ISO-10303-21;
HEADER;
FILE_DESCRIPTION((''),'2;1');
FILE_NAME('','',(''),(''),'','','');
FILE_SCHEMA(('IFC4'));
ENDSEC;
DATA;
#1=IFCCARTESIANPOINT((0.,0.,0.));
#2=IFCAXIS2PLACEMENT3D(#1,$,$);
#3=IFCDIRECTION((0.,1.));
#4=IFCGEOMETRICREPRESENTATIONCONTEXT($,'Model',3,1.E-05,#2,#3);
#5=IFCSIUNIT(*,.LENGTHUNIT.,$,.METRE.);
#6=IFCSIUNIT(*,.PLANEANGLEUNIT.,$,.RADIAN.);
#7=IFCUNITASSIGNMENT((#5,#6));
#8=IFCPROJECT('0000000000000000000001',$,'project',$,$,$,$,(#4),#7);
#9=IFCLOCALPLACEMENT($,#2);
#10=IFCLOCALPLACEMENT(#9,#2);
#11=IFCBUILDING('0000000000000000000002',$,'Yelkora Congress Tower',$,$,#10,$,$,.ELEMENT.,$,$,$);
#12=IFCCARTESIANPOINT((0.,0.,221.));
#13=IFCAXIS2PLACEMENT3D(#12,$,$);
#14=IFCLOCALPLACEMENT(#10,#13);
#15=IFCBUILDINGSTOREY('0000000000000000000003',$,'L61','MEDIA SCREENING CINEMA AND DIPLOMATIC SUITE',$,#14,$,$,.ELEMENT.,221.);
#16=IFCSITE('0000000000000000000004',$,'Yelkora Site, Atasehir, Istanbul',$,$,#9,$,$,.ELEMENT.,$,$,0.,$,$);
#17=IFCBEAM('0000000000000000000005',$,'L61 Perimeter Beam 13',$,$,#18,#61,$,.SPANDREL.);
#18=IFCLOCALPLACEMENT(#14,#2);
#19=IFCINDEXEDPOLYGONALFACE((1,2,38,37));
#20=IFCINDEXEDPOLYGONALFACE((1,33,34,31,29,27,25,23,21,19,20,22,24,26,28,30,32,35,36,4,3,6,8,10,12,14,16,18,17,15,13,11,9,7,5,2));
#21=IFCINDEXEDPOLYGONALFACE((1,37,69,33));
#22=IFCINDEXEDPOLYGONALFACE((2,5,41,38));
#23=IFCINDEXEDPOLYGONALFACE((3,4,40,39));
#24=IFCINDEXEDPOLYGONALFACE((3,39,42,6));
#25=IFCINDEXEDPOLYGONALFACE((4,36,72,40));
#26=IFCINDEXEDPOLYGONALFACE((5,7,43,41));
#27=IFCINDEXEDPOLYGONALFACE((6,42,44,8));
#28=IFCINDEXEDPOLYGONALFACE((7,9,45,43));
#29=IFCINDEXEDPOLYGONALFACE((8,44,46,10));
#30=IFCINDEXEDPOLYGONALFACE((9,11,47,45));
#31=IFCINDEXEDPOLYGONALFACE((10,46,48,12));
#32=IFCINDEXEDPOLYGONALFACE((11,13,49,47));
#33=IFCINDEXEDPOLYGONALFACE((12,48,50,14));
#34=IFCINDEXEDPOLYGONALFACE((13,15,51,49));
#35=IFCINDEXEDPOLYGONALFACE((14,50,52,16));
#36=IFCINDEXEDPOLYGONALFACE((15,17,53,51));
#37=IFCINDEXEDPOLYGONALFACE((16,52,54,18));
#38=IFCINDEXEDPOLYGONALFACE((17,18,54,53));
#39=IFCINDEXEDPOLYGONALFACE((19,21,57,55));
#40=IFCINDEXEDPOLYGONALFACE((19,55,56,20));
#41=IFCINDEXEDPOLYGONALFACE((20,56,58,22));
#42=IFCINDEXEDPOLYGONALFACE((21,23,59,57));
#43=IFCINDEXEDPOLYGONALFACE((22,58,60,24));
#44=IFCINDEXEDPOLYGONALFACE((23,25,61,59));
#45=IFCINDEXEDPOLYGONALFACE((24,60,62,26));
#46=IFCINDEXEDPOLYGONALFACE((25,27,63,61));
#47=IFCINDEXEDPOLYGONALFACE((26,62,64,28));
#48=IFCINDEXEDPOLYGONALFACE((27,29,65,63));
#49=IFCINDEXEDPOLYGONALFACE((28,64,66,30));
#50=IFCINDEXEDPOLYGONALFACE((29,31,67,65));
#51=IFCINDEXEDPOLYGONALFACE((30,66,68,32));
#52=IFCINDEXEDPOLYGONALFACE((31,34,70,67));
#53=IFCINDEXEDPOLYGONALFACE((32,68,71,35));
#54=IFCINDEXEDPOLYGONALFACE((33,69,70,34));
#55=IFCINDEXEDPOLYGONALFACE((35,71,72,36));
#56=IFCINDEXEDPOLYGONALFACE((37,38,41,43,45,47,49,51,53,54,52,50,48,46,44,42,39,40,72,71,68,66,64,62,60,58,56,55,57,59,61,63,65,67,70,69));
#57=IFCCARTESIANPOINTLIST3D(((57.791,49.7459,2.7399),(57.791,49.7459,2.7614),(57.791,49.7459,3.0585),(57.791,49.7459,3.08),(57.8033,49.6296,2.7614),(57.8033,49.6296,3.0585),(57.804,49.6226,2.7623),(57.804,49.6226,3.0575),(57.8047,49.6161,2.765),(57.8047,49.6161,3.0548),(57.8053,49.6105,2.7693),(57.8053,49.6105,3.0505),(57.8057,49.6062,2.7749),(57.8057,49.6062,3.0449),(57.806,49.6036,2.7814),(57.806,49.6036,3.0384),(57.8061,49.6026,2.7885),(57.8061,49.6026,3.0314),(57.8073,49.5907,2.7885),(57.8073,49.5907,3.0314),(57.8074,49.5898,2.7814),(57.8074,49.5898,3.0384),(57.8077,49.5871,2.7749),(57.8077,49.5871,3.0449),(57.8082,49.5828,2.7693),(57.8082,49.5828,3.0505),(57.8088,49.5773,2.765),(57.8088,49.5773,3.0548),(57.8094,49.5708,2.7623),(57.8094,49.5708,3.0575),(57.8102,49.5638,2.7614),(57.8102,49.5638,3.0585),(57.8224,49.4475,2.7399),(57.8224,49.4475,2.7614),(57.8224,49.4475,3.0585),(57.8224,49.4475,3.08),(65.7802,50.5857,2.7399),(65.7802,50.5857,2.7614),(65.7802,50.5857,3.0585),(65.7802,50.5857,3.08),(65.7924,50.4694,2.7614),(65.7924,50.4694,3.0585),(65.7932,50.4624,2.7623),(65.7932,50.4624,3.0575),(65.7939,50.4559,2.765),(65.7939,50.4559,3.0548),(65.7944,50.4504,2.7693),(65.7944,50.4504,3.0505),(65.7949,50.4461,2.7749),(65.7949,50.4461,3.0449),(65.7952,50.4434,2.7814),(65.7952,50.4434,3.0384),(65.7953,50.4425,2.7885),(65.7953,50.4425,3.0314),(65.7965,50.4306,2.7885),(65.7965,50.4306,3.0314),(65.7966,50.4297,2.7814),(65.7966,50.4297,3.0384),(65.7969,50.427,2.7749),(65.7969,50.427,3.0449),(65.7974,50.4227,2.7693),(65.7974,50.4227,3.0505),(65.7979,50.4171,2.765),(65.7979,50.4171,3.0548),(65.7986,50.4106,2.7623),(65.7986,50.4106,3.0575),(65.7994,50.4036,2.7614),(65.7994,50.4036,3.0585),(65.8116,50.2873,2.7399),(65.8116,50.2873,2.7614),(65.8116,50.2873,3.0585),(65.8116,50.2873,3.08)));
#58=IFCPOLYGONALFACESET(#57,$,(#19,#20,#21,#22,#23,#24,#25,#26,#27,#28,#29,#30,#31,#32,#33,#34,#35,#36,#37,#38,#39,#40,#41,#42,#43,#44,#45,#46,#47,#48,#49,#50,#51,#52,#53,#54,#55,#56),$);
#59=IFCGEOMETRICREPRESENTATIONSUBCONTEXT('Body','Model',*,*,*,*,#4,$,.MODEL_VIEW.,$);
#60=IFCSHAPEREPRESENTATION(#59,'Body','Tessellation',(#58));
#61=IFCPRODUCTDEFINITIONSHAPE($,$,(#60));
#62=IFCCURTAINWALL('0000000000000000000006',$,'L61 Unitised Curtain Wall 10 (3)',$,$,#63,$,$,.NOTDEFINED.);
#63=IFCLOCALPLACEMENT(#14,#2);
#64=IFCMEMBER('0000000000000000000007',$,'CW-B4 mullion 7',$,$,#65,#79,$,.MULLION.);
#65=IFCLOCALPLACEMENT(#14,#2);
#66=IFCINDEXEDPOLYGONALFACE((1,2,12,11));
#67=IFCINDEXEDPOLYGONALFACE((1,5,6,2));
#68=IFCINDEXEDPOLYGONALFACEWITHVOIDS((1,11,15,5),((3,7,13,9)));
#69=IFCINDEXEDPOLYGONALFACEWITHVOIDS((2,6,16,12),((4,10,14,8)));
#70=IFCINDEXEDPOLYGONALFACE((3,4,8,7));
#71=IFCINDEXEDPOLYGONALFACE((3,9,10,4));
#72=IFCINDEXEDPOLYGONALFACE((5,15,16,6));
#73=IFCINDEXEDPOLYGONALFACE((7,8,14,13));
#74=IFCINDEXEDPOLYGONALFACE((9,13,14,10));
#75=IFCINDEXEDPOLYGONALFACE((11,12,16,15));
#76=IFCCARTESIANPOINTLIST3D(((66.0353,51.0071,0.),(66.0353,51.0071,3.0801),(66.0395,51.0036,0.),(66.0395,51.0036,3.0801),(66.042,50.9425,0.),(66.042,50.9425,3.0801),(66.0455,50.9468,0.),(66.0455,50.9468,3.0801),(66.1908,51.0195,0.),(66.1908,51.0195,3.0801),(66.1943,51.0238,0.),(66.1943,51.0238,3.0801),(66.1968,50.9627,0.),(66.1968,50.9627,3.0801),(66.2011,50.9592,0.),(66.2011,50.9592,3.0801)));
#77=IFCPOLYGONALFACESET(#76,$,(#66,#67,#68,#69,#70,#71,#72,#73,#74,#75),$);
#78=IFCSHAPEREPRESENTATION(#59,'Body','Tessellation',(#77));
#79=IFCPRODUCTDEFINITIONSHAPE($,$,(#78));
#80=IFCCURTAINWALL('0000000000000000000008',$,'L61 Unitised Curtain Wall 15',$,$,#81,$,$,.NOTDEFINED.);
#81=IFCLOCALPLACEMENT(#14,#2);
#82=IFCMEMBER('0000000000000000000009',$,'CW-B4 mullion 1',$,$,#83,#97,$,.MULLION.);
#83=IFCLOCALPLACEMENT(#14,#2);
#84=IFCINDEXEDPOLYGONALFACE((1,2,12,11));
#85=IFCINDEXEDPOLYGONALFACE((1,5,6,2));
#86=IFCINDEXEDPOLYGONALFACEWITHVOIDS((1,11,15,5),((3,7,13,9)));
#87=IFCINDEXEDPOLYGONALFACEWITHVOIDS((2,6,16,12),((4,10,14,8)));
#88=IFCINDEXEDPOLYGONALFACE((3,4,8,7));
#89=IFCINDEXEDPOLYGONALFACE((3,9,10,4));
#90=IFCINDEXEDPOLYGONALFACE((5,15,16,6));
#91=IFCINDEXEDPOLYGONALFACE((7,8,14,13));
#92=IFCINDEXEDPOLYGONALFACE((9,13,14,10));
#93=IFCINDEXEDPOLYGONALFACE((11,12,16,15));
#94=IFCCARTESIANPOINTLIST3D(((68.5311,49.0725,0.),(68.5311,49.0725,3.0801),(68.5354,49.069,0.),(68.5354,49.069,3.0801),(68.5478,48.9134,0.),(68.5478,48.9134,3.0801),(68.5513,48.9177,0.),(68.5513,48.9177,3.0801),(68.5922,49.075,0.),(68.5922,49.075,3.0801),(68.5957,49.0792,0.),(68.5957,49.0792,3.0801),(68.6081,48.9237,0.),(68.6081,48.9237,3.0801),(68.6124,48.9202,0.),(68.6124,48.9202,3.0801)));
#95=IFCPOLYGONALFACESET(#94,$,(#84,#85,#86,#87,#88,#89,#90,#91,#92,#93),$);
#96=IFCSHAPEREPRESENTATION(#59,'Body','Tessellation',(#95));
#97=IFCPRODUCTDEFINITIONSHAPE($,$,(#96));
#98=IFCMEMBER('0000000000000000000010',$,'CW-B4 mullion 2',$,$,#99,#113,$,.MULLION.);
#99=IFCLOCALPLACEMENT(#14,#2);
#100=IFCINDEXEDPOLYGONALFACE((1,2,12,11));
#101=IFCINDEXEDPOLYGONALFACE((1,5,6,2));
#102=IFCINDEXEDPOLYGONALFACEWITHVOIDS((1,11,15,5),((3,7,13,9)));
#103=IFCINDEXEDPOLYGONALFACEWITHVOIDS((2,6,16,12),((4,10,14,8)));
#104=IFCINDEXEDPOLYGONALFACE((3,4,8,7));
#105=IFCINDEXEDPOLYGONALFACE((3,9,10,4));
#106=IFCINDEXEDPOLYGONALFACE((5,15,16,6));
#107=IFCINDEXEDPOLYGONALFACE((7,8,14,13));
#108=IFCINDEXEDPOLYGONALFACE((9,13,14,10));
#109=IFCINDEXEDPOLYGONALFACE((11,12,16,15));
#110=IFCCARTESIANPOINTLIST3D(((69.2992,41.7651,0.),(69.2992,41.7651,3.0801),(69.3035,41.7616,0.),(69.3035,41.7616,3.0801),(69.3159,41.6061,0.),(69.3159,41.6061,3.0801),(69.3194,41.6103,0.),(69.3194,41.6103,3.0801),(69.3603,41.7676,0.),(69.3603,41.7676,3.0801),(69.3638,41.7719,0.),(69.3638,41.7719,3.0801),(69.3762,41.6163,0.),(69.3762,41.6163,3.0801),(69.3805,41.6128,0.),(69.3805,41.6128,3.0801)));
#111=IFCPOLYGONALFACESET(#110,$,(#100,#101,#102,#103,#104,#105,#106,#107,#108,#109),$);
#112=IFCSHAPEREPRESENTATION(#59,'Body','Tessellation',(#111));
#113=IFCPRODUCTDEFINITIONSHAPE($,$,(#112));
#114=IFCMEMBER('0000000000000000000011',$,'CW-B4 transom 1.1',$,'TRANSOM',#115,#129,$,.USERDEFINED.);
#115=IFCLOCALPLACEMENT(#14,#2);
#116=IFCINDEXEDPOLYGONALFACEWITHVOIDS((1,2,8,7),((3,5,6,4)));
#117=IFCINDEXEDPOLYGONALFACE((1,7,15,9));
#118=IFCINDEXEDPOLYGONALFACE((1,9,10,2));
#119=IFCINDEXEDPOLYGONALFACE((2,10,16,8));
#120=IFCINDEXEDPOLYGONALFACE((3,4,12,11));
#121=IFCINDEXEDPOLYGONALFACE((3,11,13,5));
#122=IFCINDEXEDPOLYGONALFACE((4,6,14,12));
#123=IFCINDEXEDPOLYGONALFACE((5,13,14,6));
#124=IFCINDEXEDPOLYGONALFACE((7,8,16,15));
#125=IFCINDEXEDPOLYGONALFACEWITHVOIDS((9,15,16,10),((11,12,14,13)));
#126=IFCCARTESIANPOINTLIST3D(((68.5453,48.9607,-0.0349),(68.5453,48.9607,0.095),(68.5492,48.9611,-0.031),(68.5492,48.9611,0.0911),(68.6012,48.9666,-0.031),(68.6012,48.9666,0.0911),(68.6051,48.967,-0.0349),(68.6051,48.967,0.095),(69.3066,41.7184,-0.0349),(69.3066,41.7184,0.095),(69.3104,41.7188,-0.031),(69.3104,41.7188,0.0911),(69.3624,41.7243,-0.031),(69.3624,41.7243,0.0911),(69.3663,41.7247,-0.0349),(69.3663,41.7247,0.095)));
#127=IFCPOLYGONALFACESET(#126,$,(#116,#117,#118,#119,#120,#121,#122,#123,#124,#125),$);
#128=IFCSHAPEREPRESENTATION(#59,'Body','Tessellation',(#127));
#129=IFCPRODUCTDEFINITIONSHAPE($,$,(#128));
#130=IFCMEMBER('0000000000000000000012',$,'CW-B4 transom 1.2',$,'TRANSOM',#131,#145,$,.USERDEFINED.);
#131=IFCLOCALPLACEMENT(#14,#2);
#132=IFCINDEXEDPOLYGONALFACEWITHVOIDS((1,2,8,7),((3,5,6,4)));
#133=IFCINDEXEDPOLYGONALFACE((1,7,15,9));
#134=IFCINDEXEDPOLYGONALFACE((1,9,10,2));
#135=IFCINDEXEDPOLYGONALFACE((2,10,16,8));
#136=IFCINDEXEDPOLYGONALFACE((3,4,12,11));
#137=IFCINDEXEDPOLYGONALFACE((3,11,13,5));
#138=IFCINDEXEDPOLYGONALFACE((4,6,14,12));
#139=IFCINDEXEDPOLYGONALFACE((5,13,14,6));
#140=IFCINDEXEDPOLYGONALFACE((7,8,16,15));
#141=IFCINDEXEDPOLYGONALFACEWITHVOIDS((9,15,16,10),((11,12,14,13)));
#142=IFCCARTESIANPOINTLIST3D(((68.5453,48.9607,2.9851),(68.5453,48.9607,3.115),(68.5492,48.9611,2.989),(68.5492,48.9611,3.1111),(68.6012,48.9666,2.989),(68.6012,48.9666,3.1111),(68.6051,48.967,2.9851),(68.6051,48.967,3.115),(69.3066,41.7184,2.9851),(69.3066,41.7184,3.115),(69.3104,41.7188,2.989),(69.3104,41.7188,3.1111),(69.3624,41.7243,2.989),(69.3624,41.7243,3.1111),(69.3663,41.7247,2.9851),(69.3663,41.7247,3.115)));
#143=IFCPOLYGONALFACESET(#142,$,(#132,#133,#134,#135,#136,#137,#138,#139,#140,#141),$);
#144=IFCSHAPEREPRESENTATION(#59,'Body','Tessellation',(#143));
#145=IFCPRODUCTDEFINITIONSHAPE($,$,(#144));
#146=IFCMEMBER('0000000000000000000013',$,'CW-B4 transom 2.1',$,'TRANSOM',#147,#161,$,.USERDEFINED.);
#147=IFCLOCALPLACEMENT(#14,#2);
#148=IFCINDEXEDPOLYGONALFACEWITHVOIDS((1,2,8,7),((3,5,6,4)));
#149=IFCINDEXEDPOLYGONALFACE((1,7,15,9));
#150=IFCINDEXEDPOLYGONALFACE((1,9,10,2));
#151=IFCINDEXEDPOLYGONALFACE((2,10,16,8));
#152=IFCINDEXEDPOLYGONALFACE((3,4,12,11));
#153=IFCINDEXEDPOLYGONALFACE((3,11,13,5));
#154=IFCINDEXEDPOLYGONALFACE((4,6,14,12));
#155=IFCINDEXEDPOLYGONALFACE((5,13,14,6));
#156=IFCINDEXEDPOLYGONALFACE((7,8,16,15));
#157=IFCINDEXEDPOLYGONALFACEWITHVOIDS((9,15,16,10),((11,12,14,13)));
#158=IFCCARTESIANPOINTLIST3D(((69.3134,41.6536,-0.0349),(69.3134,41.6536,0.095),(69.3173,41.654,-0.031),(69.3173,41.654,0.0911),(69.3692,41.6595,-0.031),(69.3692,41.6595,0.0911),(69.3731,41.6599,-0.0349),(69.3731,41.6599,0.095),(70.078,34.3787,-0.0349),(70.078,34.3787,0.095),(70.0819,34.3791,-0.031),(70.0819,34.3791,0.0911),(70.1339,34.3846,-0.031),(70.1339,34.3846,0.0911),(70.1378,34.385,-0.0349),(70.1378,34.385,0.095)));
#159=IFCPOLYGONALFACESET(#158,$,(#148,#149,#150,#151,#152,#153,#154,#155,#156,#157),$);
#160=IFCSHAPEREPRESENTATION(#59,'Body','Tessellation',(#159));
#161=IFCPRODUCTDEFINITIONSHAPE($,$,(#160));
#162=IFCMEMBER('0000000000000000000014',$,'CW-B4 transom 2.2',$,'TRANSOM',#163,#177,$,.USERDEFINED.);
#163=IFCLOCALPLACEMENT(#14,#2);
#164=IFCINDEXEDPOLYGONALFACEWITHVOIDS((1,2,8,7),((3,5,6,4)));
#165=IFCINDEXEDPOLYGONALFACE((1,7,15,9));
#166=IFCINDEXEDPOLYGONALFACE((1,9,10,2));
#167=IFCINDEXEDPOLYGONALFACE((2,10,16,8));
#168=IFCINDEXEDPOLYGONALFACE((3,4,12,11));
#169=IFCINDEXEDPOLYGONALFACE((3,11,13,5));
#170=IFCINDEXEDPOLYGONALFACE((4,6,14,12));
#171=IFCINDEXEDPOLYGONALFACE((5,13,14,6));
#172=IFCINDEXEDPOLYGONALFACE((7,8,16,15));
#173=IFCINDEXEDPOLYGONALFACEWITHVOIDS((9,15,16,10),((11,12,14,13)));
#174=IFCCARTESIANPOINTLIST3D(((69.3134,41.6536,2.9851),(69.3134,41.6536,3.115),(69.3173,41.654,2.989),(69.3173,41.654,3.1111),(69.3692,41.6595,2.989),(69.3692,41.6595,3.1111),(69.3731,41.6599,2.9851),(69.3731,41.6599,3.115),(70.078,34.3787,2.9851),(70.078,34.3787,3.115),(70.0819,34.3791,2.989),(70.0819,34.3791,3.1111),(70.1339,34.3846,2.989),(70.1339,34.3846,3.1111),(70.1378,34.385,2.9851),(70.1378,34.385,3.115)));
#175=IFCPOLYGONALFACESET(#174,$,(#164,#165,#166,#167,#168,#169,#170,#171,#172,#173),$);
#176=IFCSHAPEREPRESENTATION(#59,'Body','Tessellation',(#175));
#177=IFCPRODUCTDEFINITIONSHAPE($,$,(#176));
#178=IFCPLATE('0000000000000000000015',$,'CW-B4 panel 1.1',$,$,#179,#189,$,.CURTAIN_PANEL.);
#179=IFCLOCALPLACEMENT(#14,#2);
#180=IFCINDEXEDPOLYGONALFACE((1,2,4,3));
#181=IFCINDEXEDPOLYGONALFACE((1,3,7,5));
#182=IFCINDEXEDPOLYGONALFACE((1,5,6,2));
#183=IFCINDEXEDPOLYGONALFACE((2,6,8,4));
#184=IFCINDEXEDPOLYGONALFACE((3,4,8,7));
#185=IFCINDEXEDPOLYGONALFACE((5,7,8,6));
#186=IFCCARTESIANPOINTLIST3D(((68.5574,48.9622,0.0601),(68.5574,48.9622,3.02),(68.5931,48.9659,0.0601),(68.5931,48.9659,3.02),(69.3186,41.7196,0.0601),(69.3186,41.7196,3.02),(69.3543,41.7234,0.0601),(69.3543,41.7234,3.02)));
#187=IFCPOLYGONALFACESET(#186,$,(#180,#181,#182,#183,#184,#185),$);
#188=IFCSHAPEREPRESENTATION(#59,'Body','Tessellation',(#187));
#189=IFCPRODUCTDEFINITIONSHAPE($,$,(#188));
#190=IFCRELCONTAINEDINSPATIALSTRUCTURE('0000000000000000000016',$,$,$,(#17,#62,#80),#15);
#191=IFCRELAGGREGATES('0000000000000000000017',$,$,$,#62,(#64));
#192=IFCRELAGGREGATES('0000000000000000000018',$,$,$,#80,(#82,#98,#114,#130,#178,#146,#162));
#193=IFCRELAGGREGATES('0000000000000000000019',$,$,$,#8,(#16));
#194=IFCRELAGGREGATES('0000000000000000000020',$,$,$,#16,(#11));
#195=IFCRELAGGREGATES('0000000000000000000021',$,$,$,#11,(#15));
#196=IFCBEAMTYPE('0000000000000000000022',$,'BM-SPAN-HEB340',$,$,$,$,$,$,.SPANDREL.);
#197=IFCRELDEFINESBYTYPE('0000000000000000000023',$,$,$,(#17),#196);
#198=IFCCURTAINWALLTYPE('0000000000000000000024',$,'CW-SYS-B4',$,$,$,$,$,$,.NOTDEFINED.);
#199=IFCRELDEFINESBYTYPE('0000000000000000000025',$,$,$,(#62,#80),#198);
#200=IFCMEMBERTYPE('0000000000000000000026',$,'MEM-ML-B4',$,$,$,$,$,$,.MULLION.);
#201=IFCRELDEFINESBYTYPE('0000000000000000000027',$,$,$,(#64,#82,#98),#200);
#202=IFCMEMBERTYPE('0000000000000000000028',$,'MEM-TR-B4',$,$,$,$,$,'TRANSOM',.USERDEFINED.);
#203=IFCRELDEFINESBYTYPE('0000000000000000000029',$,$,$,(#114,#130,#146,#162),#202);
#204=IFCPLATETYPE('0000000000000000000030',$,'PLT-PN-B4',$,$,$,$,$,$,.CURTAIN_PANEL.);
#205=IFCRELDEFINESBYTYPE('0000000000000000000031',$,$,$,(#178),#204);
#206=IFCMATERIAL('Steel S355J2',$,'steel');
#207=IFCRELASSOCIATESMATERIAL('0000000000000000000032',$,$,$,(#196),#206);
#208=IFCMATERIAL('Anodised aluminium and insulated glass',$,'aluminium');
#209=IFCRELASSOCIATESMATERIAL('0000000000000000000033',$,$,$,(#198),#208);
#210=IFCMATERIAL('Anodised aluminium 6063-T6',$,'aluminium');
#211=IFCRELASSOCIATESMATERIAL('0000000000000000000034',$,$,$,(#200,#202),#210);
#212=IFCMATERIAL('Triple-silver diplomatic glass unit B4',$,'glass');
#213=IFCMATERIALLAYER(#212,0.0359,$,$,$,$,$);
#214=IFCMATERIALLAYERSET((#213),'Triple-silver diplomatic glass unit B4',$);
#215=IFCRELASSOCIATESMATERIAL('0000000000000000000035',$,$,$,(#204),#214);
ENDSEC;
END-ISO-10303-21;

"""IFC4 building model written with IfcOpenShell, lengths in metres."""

from ifc_helpers import new_model, si_unit, direction, frame, origin, origin_2d, place, context, subcontext, project, spatial, rectangle, hollow_rectangle, i_section, extrude, material, layer, layer_set, material_profile, profile_set, type_object, element, aggregate, save


model = new_model("IFC4")

# Units and contexts
model_context = context("Model", 3, precision=1e-05, world=origin(), true_north=direction((0.0, 1.0)))
body_context = subcontext(model_context, "Body", "Model", "MODEL_VIEW")
ifc_project = project(units=[si_unit("LENGTHUNIT", "METRE"), si_unit("PLANEANGLEUNIT", "RADIAN")], contexts=[model_context])

# Site, building, storey
site_placement = place(None, origin())
site = spatial("IfcSite", under=ifc_project, at=site_placement, Name="Yelkora Site, Atasehir, Istanbul", CompositionType="ELEMENT", RefElevation=0.0)
building_placement = place(site_placement, origin())
building = spatial("IfcBuilding", under=site, at=building_placement, Name="Yelkora Congress Tower", CompositionType="ELEMENT")
storey_placement = place(building_placement, frame((0.0, 0.0, 221.0)))
storey = spatial("IfcBuildingStorey", under=building, at=storey_placement, Name="L61", Description="MEDIA SCREENING CINEMA AND DIPLOMATIC SUITE", CompositionType="ELEMENT", Elevation=221.0)

# Shared definitions
ifc_material_1 = material(Name="Steel S355J2", Category="steel")

# Beam
ifc_material_profile_1 = material_profile(ifc_material_1, i_section(OverallWidth=0.3, OverallDepth=0.3401, WebThickness=0.012, FlangeThickness=0.0215, FilletRadius=0.0271, at=origin_2d()), Name="HEB 340")
ifc_profile_set_1 = profile_set([ifc_material_profile_1], Name="Steel S355J2")
beam_type_1 = type_object("IfcBeamType", Name="BM-SPAN-HEB340", PredefinedType="SPANDREL", material=ifc_profile_set_1)
beam_1_placement = place(storey_placement, frame((65.7959, 50.4365, 2.9099), z_axis=(-0.99452, -0.104546, 0.0), x_axis=(0.104546, -0.99452, 0.0)))
element("IfcBeam", 1, at=beam_1_placement, inside=storey, type_object=beam_type_1, Name="L61 Perimeter Beam 13", PredefinedType="SPANDREL", context=body_context, shape_type="SweptSolid", body=[
    extrude(i_section(OverallWidth=0.3, OverallDepth=0.3401, WebThickness=0.012, FlangeThickness=0.0215, FilletRadius=0.0271, at=origin_2d()), origin(), (0.0, 0.0, 1.0), 8.0332),
])

# Curtain wall, member
ifc_material_2 = material(Name="Anodised aluminium and insulated glass", Category="aluminium")
curtain_wall_type = type_object("IfcCurtainWallType", Name="CW-SYS-B4", PredefinedType="NOTDEFINED", material=ifc_material_2)
curtain_wall_1_placement = place(storey_placement, origin())
curtain_wall_1 = element("IfcCurtainWall", 2, at=curtain_wall_1_placement, inside=storey, type_object=curtain_wall_type, Name="L61 Unitised Curtain Wall 10 (3)", PredefinedType="NOTDEFINED")
ifc_material_3 = material(Name="Anodised aluminium 6063-T6", Category="aluminium")
ifc_material_profile_2 = material_profile(ifc_material_3, hollow_rectangle(XDim=0.0649, YDim=0.1599, WallThickness=0.0039, at=origin_2d()), Name="ALU 65x160x4")
ifc_profile_set_2 = profile_set([ifc_material_profile_2], Name="Anodised aluminium 6063-T6")
member_type_1 = type_object("IfcMemberType", Name="MEM-ML-B4", PredefinedType="MULLION", material=ifc_profile_set_2)
member_1_placement = place(storey_placement, frame((66.1182, 50.9832, 0.0), z_axis=(0.0, 0.0, 1.0), x_axis=(-0.104528, 0.994522, 0.0)))
member_1 = element("IfcMember", 3, at=member_1_placement, type_object=member_type_1, Name="CW-B4 mullion 7", PredefinedType="MULLION", context=body_context, shape_type="SweptSolid", body=[
    extrude(hollow_rectangle(XDim=0.0649, YDim=0.1599, WallThickness=0.0039, at=origin_2d()), origin(), (0.0, 0.0, 1.0), 3.0801),
])
aggregate(curtain_wall_1, [member_1])

# Curtain wall, members, plate
curtain_wall_2_placement = place(storey_placement, origin())
curtain_wall_2 = element("IfcCurtainWall", 4, at=curtain_wall_2_placement, inside=storey, type_object=curtain_wall_type, Name="L61 Unitised Curtain Wall 15", PredefinedType="NOTDEFINED")
member_2_placement = place(storey_placement, frame((68.5718, 48.9963, 0.0), z_axis=(0.0, 0.0, 1.0), x_axis=(0.994522, 0.104526, 0.0)))
member_2 = element("IfcMember", 5, at=member_2_placement, type_object=member_type_1, Name="CW-B4 mullion 1", PredefinedType="MULLION", context=body_context, shape_type="SweptSolid", body=[
    extrude(hollow_rectangle(XDim=0.0649, YDim=0.1599, WallThickness=0.0039, at=origin_2d()), origin(), (0.0, 0.0, 1.0), 3.0801),
])
member_3_placement = place(storey_placement, frame((69.3398, 41.689, 0.0), z_axis=(0.0, 0.0, 1.0), x_axis=(0.994522, 0.104526, 0.0)))
member_3 = element("IfcMember", 6, at=member_3_placement, type_object=member_type_1, Name="CW-B4 mullion 2", PredefinedType="MULLION", context=body_context, shape_type="SweptSolid", body=[
    extrude(hollow_rectangle(XDim=0.0649, YDim=0.1599, WallThickness=0.0039, at=origin_2d()), origin(), (0.0, 0.0, 1.0), 3.0801),
])
ifc_material_profile_3 = material_profile(ifc_material_3, hollow_rectangle(XDim=0.0601, YDim=0.1299, WallThickness=0.0039, at=origin_2d()), Name="ALU 60x130x4")
ifc_profile_set_3 = profile_set([ifc_material_profile_3], Name="Anodised aluminium 6063-T6")
member_type_2 = type_object("IfcMemberType", Name="MEM-TR-B4", ElementType="TRANSOM", PredefinedType="USERDEFINED", material=ifc_profile_set_3)
member_4_placement = place(storey_placement, frame((68.5752, 48.9639, 0.03), z_axis=(0.104531, -0.994522, 0.0), x_axis=(0.994522, 0.104531, 0.0)))
member_4 = element("IfcMember", 7, at=member_4_placement, type_object=member_type_2, Name="CW-B4 transom 1.1", ObjectType="TRANSOM", PredefinedType="USERDEFINED", context=body_context, shape_type="SweptSolid", body=[
    extrude(hollow_rectangle(XDim=0.0601, YDim=0.1299, WallThickness=0.0039, at=origin_2d()), origin(), (0.0, 0.0, 1.0), 7.2822),
])
member_5_placement = place(storey_placement, frame((68.5752, 48.9639, 3.05), z_axis=(0.104531, -0.994522, 0.0), x_axis=(0.994522, 0.104531, 0.0)))
member_5 = element("IfcMember", 8, at=member_5_placement, type_object=member_type_2, Name="CW-B4 transom 1.2", ObjectType="TRANSOM", PredefinedType="USERDEFINED", context=body_context, shape_type="SweptSolid", body=[
    extrude(hollow_rectangle(XDim=0.0601, YDim=0.1299, WallThickness=0.0039, at=origin_2d()), origin(), (0.0, 0.0, 1.0), 7.2822),
])
member_6_placement = place(storey_placement, frame((69.3433, 41.6567, 0.03), z_axis=(0.104532, -0.994522, 0.0), x_axis=(0.994522, 0.104532, 0.0)))
member_6 = element("IfcMember", 9, at=member_6_placement, type_object=member_type_2, Name="CW-B4 transom 2.1", ObjectType="TRANSOM", PredefinedType="USERDEFINED", context=body_context, shape_type="SweptSolid", body=[
    extrude(hollow_rectangle(XDim=0.0601, YDim=0.1299, WallThickness=0.0039, at=origin_2d()), origin(), (0.0, 0.0, 1.0), 7.3149),
])
member_7_placement = place(storey_placement, frame((69.3433, 41.6567, 3.05), z_axis=(0.104532, -0.994522, 0.0), x_axis=(0.994522, 0.104532, 0.0)))
member_7 = element("IfcMember", 10, at=member_7_placement, type_object=member_type_2, Name="CW-B4 transom 2.2", ObjectType="TRANSOM", PredefinedType="USERDEFINED", context=body_context, shape_type="SweptSolid", body=[
    extrude(hollow_rectangle(XDim=0.0601, YDim=0.1299, WallThickness=0.0039, at=origin_2d()), origin(), (0.0, 0.0, 1.0), 7.3149),
])
ifc_material_4 = material(Name="Triple-silver diplomatic glass unit B4", Category="glass")
ifc_layer_1 = layer(ifc_material_4, 0.0359)
ifc_layer_set_1 = layer_set([ifc_layer_1], Name="Triple-silver diplomatic glass unit B4")
plate_type = type_object("IfcPlateType", Name="PLT-PN-B4", PredefinedType="CURTAIN_PANEL", material=ifc_layer_set_1)
plate_1_placement = place(storey_placement, frame((68.9558, 45.3428, 0.0601), z_axis=(0.0, 0.0, 1.0), x_axis=(0.104526, -0.994522, 0.0)))
plate_1 = element("IfcPlate", 11, at=plate_1_placement, type_object=plate_type, Name="CW-B4 panel 1.1", PredefinedType="CURTAIN_PANEL", context=body_context, shape_type="SweptSolid", body=[
    extrude(rectangle(XDim=7.2825, YDim=0.0359, at=origin_2d()), origin(), (0.0, 0.0, 1.0), 2.96),
])
aggregate(curtain_wall_2, [member_2, member_3, member_4, member_5, plate_1, member_6, member_7])

save(model, "model.ifc")
